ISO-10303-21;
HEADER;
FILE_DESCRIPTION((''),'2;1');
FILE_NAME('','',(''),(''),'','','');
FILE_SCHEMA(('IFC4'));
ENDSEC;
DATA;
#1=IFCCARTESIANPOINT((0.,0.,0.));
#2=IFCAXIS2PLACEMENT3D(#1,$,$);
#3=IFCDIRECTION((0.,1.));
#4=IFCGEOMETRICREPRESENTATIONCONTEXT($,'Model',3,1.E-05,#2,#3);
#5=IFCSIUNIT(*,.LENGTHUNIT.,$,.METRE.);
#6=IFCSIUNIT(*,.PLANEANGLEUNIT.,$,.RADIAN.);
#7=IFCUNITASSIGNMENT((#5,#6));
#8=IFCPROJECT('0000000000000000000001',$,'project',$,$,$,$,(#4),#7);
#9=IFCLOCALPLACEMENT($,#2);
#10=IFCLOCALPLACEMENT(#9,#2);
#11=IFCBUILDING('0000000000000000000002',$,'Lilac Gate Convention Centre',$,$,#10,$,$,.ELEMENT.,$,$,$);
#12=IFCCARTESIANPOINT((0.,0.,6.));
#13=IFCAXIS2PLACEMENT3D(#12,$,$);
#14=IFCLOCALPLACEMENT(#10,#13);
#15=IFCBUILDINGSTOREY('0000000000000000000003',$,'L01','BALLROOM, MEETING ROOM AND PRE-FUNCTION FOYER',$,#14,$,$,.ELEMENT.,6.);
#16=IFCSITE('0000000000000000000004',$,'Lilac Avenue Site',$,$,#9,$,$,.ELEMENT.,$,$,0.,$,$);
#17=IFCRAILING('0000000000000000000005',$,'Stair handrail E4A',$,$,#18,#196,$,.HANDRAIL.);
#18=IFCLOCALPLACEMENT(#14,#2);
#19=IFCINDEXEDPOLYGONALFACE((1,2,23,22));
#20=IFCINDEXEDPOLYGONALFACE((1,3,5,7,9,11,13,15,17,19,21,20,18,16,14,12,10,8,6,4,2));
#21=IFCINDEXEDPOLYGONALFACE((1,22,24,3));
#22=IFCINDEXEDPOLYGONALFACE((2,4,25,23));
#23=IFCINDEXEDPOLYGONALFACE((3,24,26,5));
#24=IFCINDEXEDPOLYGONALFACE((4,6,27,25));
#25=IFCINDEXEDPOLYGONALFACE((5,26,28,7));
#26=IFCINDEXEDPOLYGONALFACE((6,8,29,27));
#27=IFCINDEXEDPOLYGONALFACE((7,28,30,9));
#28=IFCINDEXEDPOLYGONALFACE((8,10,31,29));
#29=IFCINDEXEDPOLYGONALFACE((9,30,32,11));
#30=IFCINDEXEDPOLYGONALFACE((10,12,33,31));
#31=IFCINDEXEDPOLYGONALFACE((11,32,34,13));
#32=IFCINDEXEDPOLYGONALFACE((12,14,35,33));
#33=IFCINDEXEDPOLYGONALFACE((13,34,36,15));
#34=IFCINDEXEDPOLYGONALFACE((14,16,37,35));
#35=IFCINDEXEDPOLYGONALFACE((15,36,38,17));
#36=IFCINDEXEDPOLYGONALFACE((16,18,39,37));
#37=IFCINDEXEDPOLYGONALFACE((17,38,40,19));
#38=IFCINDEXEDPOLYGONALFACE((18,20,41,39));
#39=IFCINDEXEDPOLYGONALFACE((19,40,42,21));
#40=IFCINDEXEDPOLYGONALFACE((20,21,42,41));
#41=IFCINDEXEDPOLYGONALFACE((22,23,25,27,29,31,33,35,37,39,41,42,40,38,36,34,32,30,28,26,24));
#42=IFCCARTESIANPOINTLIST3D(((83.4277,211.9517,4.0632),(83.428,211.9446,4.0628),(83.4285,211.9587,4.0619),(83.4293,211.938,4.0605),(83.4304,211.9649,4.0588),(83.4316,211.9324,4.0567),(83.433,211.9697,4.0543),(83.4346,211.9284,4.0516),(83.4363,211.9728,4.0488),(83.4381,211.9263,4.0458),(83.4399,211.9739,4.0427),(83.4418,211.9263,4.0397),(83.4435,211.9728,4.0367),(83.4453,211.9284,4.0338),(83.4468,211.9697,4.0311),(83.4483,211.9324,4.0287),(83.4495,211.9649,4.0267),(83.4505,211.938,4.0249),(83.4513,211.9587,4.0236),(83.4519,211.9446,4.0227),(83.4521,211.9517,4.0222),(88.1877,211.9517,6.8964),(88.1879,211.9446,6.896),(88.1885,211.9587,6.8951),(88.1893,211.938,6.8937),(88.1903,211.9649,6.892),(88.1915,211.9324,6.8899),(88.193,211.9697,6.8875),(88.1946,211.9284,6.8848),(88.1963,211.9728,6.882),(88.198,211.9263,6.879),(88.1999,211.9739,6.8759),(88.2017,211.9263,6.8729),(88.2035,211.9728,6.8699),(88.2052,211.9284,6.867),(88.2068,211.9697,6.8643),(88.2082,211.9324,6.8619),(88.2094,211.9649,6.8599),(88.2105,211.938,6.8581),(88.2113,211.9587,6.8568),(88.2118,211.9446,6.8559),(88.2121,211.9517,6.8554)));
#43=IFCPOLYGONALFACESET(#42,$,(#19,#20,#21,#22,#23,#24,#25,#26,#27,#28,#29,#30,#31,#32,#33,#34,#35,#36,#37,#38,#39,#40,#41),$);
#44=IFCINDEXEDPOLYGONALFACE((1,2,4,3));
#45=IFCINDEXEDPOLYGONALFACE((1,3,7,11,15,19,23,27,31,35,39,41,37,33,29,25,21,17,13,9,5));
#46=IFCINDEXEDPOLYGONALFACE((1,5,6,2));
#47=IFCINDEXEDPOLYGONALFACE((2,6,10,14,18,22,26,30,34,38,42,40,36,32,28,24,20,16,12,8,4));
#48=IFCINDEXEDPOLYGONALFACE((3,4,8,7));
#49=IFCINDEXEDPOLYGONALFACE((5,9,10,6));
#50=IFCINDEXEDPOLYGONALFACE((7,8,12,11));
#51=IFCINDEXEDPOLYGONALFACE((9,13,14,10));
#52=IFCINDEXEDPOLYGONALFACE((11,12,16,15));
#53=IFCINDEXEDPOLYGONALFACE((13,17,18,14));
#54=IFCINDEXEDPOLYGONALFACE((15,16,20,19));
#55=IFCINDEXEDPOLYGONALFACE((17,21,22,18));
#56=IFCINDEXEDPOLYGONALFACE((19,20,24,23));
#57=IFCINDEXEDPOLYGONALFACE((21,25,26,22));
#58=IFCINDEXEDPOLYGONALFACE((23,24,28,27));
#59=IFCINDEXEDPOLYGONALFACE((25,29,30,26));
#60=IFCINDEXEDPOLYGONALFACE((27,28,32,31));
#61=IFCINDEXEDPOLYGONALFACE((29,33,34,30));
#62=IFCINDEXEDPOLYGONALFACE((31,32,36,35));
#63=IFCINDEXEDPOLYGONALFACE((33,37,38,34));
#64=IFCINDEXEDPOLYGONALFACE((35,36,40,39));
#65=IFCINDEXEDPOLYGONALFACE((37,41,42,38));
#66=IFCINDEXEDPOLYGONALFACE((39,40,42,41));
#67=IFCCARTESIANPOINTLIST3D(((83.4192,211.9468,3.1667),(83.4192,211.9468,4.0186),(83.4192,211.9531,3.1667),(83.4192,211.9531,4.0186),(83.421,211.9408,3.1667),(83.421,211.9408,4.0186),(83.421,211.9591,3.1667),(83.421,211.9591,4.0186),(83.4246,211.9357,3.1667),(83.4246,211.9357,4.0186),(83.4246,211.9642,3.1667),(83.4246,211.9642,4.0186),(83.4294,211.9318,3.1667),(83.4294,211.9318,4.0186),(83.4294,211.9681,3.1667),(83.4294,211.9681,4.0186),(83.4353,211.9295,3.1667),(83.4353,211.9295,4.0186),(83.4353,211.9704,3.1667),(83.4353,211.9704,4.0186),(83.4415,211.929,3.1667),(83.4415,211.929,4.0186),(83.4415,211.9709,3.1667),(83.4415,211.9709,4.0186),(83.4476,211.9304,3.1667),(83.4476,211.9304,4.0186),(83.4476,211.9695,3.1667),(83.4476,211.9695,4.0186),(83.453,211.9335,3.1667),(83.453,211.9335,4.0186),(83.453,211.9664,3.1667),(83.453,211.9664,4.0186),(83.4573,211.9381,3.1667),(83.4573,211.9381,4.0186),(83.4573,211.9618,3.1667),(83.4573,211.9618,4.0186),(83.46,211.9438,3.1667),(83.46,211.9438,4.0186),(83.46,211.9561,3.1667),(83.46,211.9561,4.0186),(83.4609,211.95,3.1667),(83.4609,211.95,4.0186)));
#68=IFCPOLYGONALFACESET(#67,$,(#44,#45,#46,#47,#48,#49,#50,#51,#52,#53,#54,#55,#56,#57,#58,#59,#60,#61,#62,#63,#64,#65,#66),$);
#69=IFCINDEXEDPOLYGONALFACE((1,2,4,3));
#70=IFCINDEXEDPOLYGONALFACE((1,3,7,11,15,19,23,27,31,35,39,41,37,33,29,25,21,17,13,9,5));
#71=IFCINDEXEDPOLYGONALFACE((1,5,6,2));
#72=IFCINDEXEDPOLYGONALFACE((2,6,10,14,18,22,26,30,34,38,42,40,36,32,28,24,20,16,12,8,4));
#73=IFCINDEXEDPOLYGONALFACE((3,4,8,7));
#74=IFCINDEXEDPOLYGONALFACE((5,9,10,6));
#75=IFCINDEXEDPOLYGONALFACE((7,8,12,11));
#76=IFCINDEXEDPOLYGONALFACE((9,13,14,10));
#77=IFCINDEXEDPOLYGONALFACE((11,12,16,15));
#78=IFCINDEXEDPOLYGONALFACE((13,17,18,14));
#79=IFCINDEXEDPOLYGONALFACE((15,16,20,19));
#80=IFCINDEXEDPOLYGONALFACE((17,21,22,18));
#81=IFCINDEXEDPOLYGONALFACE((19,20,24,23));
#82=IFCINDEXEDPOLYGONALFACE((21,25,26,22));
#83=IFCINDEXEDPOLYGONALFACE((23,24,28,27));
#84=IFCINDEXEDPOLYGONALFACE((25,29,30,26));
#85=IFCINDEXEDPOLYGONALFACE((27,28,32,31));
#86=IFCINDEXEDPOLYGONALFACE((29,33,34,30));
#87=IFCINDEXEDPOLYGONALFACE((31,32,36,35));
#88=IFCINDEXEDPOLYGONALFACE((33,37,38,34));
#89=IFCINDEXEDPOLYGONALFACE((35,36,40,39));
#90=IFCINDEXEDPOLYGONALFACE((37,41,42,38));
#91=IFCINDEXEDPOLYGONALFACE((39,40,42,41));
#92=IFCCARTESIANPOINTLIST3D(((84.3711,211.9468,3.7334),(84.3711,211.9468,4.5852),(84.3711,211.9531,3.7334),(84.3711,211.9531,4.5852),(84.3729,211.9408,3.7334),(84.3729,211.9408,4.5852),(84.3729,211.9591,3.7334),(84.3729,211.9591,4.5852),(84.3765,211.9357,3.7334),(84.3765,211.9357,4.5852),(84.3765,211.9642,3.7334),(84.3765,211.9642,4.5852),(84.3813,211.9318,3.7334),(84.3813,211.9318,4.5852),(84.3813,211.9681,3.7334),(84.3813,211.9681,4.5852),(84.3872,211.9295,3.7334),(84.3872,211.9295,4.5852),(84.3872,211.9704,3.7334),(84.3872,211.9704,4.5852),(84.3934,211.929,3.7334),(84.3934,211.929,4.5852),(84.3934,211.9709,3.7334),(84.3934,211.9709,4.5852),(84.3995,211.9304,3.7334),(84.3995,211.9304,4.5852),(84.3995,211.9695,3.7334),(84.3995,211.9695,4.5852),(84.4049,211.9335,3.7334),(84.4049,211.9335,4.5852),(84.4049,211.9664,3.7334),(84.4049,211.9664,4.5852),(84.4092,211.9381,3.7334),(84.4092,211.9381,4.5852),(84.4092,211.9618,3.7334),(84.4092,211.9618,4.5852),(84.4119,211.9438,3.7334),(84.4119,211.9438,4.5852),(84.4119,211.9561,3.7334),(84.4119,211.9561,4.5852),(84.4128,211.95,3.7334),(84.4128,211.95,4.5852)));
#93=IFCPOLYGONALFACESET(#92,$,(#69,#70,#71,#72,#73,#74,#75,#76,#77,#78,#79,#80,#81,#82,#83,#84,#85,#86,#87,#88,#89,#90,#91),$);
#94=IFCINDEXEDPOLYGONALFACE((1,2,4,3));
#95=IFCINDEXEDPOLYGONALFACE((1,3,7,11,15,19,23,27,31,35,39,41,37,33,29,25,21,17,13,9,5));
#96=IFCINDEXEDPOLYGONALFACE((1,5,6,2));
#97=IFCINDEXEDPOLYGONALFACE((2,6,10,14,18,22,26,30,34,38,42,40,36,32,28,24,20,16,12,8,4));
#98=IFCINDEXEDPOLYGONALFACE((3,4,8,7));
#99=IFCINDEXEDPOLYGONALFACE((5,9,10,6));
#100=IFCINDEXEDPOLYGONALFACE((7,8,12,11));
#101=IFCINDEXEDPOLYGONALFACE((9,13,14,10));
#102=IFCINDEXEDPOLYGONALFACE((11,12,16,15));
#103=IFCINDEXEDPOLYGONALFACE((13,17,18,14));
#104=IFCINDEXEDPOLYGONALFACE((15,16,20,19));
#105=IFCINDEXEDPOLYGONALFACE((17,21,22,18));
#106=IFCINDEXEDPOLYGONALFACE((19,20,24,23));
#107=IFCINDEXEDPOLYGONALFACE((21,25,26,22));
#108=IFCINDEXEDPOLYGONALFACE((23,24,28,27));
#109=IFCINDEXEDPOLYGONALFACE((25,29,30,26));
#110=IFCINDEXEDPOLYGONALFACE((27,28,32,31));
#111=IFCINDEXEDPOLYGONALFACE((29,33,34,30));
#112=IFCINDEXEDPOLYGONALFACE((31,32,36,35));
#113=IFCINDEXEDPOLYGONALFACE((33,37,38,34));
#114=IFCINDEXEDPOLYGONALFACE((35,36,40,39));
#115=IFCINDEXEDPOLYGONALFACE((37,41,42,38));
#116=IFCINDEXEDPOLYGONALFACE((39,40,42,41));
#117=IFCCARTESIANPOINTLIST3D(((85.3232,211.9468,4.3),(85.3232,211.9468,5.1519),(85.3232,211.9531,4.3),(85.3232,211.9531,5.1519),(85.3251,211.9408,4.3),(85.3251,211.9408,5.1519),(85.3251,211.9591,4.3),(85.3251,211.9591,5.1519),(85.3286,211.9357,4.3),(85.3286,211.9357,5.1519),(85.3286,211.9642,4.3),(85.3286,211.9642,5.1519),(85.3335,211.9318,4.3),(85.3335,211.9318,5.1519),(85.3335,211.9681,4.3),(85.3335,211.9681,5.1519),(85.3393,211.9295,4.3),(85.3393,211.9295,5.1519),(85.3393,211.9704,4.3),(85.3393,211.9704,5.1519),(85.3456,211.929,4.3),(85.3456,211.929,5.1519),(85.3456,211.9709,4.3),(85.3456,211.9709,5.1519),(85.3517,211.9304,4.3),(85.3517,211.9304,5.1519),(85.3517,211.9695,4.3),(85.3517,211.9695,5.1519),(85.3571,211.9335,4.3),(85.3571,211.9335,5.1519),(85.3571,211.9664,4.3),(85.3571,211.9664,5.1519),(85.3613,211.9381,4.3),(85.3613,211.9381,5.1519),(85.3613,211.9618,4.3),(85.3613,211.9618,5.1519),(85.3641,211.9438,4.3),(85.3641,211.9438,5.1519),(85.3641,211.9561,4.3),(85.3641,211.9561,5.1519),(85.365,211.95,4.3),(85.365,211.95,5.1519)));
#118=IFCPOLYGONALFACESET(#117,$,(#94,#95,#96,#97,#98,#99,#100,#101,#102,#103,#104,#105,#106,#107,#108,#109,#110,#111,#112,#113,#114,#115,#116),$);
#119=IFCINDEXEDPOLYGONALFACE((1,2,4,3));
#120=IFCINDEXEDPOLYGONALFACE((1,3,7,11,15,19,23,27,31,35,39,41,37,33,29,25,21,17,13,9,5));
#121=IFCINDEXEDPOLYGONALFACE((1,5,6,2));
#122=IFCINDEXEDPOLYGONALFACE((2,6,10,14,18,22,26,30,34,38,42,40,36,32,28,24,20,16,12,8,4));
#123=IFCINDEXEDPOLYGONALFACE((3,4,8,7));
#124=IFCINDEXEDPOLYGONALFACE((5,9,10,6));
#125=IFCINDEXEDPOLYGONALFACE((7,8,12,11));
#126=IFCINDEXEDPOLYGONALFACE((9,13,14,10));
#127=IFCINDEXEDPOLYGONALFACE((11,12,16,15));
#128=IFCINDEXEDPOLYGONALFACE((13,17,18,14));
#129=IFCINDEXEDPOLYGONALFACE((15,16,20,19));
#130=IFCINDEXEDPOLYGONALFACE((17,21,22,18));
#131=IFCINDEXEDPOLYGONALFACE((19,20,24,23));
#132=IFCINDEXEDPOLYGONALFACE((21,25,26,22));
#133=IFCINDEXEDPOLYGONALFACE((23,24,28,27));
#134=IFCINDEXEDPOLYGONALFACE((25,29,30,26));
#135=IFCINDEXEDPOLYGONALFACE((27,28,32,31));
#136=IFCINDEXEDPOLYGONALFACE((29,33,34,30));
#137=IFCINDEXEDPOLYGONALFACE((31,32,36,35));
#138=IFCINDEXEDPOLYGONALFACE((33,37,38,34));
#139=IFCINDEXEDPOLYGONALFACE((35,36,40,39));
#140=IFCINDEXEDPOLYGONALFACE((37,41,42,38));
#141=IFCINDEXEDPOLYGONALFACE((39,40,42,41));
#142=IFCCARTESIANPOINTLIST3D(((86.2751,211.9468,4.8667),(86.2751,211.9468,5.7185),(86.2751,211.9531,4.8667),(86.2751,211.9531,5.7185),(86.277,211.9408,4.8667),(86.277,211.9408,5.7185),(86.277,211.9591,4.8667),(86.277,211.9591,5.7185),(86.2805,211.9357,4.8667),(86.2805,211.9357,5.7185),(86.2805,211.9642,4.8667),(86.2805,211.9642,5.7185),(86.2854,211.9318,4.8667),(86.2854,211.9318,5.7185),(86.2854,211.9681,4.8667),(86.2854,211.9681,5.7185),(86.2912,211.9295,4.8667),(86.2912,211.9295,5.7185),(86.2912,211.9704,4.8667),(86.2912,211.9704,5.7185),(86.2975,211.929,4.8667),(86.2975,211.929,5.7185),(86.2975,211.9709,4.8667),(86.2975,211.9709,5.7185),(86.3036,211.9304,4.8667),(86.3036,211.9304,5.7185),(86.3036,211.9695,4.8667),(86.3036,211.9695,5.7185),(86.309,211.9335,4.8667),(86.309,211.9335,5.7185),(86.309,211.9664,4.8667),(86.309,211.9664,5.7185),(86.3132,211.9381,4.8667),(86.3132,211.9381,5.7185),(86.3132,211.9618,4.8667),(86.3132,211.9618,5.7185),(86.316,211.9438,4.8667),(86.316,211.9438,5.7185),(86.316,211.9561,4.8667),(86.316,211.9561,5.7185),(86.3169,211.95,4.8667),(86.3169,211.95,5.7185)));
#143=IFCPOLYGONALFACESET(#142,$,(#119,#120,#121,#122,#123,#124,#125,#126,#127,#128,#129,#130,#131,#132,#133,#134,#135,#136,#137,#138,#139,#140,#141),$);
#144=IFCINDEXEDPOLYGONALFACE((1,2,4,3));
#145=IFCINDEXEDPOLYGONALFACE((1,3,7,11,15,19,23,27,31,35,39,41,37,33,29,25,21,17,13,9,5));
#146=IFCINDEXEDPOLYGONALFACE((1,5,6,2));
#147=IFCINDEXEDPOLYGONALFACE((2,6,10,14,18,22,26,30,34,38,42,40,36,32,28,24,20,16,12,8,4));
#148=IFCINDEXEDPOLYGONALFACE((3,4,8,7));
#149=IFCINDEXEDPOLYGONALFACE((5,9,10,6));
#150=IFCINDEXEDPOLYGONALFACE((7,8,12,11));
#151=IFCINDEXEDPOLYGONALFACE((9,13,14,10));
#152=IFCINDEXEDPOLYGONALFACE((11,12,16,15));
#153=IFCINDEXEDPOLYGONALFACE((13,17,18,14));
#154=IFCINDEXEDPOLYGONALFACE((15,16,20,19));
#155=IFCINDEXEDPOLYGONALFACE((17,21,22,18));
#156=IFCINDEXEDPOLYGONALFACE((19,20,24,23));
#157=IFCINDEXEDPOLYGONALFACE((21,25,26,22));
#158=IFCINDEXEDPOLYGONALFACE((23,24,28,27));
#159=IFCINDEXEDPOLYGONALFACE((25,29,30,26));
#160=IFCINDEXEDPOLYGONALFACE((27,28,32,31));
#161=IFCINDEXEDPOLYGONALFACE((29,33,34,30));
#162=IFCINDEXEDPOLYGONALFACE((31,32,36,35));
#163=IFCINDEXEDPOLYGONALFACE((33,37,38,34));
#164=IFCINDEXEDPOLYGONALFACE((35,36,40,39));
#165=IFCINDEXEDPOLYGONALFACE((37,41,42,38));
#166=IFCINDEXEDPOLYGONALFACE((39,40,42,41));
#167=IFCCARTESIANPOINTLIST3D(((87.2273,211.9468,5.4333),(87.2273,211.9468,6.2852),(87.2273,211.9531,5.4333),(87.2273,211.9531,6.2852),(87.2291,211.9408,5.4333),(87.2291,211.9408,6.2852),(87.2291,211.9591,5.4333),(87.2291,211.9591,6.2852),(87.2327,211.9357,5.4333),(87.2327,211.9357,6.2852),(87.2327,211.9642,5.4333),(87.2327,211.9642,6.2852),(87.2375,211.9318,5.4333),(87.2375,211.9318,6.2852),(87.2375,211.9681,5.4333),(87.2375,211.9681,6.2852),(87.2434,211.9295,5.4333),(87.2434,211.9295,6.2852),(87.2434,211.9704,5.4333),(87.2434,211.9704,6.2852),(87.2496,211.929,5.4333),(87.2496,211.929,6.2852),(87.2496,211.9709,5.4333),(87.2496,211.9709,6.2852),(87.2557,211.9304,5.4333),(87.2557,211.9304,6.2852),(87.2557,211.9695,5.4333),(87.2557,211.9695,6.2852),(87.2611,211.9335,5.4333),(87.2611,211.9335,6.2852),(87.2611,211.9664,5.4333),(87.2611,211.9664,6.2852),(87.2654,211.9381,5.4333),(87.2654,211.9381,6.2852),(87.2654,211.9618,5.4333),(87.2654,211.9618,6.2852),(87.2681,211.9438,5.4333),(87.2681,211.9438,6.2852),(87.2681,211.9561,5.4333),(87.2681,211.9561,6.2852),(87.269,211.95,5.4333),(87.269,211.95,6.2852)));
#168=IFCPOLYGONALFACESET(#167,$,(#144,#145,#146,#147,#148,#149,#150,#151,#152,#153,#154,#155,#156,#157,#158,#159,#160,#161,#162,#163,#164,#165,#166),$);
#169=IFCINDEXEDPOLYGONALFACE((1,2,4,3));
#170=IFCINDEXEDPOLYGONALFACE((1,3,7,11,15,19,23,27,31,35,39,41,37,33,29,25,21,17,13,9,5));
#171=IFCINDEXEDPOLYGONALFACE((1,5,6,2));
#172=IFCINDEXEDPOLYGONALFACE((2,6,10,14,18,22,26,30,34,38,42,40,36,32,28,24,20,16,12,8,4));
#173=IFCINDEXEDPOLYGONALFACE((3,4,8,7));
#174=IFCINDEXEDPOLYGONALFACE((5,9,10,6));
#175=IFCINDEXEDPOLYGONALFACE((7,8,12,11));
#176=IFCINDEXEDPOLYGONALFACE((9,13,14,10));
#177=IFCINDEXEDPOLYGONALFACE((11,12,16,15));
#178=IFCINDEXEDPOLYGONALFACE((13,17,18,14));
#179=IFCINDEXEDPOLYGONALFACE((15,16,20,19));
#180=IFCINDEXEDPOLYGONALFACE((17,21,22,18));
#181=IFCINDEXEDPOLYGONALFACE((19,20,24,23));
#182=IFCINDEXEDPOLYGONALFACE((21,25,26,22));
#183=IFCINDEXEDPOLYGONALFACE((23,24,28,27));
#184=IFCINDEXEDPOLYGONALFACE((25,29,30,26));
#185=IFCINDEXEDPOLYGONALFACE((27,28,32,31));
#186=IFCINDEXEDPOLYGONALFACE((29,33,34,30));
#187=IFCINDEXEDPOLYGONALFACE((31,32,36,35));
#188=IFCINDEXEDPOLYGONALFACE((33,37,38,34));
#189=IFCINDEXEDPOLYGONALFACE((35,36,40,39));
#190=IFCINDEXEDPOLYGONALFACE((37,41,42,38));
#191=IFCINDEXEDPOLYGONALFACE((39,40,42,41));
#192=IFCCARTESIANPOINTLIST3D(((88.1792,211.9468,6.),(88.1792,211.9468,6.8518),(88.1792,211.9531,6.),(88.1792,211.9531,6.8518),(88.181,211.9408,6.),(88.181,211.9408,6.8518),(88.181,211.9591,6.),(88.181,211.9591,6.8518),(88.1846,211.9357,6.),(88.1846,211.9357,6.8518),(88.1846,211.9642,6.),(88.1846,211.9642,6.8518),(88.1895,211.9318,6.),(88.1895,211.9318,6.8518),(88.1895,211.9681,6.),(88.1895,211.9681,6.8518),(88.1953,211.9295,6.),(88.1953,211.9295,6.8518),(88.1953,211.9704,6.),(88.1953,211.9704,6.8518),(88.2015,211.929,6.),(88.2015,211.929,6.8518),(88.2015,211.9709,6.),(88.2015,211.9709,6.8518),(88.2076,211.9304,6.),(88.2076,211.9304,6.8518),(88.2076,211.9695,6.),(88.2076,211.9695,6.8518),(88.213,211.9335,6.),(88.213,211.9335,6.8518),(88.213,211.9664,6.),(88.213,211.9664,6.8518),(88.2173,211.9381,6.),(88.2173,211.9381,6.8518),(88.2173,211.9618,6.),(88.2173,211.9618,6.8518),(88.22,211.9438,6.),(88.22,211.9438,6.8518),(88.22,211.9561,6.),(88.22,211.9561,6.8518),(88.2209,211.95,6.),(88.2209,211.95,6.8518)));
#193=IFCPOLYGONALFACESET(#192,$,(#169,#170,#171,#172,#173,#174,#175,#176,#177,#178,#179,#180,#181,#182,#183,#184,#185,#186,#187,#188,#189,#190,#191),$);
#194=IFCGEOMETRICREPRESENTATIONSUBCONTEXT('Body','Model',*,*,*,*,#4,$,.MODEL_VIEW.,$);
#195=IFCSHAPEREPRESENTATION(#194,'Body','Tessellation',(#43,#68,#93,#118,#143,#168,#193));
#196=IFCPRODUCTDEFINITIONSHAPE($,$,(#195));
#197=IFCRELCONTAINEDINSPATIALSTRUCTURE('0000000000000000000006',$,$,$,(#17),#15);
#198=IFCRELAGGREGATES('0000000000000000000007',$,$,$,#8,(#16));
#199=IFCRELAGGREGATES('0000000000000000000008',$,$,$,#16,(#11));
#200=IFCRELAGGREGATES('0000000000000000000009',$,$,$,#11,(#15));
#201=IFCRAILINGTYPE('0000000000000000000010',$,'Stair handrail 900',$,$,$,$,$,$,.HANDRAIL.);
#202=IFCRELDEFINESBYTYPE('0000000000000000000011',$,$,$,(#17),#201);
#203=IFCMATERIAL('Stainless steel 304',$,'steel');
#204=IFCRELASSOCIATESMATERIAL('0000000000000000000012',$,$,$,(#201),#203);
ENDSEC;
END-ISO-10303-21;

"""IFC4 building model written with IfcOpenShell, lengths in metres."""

from ifc_helpers import new_model, si_unit, direction, frame, origin, origin_2d, place, context, subcontext, project, spatial, circle, extrude, material, type_object, element, save


model = new_model("IFC4")

# Units and contexts
model_context = context("Model", 3, precision=1e-05, world=origin(), true_north=direction((0.0, 1.0)))
body_context = subcontext(model_context, "Body", "Model", "MODEL_VIEW")
ifc_project = project(units=[si_unit("LENGTHUNIT", "METRE"), si_unit("PLANEANGLEUNIT", "RADIAN")], contexts=[model_context])

# Site, building, storey
site_placement = place(None, origin())
site = spatial("IfcSite", under=ifc_project, at=site_placement, Name="Lilac Avenue Site", CompositionType="ELEMENT", RefElevation=0.0)
building_placement = place(site_placement, origin())
building = spatial("IfcBuilding", under=site, at=building_placement, Name="Lilac Gate Convention Centre", CompositionType="ELEMENT")
storey_placement = place(building_placement, frame((0.0, 0.0, 6.0)))
storey = spatial("IfcBuildingStorey", under=building, at=storey_placement, Name="L01", Description="BALLROOM, MEETING ROOM AND PRE-FUNCTION FOYER", CompositionType="ELEMENT", Elevation=6.0)

# Shared definitions
ifc_material_1 = material(Name="Stainless steel 304", Category="steel")

# Railing
railing_type = type_object("IfcRailingType", Name="Stair handrail 900", PredefinedType="HANDRAIL", material=ifc_material_1)
for number, where, name in (
    (1, (83.4399, 211.95, 3.1667), "Stair handrail E4A"),
):
    element("IfcRailing", number, at=place(storey_placement, frame(where)), inside=storey, type_object=railing_type, Name=name, PredefinedType="HANDRAIL", context=body_context, shape_type="SweptSolid", body=[
        extrude(circle(Radius=0.0239, at=origin_2d()), frame((0.0, 0.0, 0.876), z_axis=(0.8593, 0.0, 0.511472), x_axis=(0.0, 1.0, 0.0)), (0.0, 0.0, 1.0), 5.5393),
        extrude(circle(Radius=0.021, at=origin_2d()), origin(), (0.0, 0.0, 1.0), 0.8518),
        extrude(circle(Radius=0.021, at=origin_2d()), frame((0.9519, 0.0, 0.5667)), (0.0, 0.0, 1.0), 0.8518),
        extrude(circle(Radius=0.021, at=origin_2d()), frame((1.9041, 0.0, 1.1333)), (0.0, 0.0, 1.0), 0.8518),
        extrude(circle(Radius=0.021, at=origin_2d()), frame((2.856, 0.0, 1.7)), (0.0, 0.0, 1.0), 0.8518),
        extrude(circle(Radius=0.021, at=origin_2d()), frame((3.8081, 0.0, 2.2666)), (0.0, 0.0, 1.0), 0.8518),
        extrude(circle(Radius=0.021, at=origin_2d()), frame((4.76, 0.0, 2.8333)), (0.0, 0.0, 1.0), 0.8518),
    ])

save(model, "model.ifc")
